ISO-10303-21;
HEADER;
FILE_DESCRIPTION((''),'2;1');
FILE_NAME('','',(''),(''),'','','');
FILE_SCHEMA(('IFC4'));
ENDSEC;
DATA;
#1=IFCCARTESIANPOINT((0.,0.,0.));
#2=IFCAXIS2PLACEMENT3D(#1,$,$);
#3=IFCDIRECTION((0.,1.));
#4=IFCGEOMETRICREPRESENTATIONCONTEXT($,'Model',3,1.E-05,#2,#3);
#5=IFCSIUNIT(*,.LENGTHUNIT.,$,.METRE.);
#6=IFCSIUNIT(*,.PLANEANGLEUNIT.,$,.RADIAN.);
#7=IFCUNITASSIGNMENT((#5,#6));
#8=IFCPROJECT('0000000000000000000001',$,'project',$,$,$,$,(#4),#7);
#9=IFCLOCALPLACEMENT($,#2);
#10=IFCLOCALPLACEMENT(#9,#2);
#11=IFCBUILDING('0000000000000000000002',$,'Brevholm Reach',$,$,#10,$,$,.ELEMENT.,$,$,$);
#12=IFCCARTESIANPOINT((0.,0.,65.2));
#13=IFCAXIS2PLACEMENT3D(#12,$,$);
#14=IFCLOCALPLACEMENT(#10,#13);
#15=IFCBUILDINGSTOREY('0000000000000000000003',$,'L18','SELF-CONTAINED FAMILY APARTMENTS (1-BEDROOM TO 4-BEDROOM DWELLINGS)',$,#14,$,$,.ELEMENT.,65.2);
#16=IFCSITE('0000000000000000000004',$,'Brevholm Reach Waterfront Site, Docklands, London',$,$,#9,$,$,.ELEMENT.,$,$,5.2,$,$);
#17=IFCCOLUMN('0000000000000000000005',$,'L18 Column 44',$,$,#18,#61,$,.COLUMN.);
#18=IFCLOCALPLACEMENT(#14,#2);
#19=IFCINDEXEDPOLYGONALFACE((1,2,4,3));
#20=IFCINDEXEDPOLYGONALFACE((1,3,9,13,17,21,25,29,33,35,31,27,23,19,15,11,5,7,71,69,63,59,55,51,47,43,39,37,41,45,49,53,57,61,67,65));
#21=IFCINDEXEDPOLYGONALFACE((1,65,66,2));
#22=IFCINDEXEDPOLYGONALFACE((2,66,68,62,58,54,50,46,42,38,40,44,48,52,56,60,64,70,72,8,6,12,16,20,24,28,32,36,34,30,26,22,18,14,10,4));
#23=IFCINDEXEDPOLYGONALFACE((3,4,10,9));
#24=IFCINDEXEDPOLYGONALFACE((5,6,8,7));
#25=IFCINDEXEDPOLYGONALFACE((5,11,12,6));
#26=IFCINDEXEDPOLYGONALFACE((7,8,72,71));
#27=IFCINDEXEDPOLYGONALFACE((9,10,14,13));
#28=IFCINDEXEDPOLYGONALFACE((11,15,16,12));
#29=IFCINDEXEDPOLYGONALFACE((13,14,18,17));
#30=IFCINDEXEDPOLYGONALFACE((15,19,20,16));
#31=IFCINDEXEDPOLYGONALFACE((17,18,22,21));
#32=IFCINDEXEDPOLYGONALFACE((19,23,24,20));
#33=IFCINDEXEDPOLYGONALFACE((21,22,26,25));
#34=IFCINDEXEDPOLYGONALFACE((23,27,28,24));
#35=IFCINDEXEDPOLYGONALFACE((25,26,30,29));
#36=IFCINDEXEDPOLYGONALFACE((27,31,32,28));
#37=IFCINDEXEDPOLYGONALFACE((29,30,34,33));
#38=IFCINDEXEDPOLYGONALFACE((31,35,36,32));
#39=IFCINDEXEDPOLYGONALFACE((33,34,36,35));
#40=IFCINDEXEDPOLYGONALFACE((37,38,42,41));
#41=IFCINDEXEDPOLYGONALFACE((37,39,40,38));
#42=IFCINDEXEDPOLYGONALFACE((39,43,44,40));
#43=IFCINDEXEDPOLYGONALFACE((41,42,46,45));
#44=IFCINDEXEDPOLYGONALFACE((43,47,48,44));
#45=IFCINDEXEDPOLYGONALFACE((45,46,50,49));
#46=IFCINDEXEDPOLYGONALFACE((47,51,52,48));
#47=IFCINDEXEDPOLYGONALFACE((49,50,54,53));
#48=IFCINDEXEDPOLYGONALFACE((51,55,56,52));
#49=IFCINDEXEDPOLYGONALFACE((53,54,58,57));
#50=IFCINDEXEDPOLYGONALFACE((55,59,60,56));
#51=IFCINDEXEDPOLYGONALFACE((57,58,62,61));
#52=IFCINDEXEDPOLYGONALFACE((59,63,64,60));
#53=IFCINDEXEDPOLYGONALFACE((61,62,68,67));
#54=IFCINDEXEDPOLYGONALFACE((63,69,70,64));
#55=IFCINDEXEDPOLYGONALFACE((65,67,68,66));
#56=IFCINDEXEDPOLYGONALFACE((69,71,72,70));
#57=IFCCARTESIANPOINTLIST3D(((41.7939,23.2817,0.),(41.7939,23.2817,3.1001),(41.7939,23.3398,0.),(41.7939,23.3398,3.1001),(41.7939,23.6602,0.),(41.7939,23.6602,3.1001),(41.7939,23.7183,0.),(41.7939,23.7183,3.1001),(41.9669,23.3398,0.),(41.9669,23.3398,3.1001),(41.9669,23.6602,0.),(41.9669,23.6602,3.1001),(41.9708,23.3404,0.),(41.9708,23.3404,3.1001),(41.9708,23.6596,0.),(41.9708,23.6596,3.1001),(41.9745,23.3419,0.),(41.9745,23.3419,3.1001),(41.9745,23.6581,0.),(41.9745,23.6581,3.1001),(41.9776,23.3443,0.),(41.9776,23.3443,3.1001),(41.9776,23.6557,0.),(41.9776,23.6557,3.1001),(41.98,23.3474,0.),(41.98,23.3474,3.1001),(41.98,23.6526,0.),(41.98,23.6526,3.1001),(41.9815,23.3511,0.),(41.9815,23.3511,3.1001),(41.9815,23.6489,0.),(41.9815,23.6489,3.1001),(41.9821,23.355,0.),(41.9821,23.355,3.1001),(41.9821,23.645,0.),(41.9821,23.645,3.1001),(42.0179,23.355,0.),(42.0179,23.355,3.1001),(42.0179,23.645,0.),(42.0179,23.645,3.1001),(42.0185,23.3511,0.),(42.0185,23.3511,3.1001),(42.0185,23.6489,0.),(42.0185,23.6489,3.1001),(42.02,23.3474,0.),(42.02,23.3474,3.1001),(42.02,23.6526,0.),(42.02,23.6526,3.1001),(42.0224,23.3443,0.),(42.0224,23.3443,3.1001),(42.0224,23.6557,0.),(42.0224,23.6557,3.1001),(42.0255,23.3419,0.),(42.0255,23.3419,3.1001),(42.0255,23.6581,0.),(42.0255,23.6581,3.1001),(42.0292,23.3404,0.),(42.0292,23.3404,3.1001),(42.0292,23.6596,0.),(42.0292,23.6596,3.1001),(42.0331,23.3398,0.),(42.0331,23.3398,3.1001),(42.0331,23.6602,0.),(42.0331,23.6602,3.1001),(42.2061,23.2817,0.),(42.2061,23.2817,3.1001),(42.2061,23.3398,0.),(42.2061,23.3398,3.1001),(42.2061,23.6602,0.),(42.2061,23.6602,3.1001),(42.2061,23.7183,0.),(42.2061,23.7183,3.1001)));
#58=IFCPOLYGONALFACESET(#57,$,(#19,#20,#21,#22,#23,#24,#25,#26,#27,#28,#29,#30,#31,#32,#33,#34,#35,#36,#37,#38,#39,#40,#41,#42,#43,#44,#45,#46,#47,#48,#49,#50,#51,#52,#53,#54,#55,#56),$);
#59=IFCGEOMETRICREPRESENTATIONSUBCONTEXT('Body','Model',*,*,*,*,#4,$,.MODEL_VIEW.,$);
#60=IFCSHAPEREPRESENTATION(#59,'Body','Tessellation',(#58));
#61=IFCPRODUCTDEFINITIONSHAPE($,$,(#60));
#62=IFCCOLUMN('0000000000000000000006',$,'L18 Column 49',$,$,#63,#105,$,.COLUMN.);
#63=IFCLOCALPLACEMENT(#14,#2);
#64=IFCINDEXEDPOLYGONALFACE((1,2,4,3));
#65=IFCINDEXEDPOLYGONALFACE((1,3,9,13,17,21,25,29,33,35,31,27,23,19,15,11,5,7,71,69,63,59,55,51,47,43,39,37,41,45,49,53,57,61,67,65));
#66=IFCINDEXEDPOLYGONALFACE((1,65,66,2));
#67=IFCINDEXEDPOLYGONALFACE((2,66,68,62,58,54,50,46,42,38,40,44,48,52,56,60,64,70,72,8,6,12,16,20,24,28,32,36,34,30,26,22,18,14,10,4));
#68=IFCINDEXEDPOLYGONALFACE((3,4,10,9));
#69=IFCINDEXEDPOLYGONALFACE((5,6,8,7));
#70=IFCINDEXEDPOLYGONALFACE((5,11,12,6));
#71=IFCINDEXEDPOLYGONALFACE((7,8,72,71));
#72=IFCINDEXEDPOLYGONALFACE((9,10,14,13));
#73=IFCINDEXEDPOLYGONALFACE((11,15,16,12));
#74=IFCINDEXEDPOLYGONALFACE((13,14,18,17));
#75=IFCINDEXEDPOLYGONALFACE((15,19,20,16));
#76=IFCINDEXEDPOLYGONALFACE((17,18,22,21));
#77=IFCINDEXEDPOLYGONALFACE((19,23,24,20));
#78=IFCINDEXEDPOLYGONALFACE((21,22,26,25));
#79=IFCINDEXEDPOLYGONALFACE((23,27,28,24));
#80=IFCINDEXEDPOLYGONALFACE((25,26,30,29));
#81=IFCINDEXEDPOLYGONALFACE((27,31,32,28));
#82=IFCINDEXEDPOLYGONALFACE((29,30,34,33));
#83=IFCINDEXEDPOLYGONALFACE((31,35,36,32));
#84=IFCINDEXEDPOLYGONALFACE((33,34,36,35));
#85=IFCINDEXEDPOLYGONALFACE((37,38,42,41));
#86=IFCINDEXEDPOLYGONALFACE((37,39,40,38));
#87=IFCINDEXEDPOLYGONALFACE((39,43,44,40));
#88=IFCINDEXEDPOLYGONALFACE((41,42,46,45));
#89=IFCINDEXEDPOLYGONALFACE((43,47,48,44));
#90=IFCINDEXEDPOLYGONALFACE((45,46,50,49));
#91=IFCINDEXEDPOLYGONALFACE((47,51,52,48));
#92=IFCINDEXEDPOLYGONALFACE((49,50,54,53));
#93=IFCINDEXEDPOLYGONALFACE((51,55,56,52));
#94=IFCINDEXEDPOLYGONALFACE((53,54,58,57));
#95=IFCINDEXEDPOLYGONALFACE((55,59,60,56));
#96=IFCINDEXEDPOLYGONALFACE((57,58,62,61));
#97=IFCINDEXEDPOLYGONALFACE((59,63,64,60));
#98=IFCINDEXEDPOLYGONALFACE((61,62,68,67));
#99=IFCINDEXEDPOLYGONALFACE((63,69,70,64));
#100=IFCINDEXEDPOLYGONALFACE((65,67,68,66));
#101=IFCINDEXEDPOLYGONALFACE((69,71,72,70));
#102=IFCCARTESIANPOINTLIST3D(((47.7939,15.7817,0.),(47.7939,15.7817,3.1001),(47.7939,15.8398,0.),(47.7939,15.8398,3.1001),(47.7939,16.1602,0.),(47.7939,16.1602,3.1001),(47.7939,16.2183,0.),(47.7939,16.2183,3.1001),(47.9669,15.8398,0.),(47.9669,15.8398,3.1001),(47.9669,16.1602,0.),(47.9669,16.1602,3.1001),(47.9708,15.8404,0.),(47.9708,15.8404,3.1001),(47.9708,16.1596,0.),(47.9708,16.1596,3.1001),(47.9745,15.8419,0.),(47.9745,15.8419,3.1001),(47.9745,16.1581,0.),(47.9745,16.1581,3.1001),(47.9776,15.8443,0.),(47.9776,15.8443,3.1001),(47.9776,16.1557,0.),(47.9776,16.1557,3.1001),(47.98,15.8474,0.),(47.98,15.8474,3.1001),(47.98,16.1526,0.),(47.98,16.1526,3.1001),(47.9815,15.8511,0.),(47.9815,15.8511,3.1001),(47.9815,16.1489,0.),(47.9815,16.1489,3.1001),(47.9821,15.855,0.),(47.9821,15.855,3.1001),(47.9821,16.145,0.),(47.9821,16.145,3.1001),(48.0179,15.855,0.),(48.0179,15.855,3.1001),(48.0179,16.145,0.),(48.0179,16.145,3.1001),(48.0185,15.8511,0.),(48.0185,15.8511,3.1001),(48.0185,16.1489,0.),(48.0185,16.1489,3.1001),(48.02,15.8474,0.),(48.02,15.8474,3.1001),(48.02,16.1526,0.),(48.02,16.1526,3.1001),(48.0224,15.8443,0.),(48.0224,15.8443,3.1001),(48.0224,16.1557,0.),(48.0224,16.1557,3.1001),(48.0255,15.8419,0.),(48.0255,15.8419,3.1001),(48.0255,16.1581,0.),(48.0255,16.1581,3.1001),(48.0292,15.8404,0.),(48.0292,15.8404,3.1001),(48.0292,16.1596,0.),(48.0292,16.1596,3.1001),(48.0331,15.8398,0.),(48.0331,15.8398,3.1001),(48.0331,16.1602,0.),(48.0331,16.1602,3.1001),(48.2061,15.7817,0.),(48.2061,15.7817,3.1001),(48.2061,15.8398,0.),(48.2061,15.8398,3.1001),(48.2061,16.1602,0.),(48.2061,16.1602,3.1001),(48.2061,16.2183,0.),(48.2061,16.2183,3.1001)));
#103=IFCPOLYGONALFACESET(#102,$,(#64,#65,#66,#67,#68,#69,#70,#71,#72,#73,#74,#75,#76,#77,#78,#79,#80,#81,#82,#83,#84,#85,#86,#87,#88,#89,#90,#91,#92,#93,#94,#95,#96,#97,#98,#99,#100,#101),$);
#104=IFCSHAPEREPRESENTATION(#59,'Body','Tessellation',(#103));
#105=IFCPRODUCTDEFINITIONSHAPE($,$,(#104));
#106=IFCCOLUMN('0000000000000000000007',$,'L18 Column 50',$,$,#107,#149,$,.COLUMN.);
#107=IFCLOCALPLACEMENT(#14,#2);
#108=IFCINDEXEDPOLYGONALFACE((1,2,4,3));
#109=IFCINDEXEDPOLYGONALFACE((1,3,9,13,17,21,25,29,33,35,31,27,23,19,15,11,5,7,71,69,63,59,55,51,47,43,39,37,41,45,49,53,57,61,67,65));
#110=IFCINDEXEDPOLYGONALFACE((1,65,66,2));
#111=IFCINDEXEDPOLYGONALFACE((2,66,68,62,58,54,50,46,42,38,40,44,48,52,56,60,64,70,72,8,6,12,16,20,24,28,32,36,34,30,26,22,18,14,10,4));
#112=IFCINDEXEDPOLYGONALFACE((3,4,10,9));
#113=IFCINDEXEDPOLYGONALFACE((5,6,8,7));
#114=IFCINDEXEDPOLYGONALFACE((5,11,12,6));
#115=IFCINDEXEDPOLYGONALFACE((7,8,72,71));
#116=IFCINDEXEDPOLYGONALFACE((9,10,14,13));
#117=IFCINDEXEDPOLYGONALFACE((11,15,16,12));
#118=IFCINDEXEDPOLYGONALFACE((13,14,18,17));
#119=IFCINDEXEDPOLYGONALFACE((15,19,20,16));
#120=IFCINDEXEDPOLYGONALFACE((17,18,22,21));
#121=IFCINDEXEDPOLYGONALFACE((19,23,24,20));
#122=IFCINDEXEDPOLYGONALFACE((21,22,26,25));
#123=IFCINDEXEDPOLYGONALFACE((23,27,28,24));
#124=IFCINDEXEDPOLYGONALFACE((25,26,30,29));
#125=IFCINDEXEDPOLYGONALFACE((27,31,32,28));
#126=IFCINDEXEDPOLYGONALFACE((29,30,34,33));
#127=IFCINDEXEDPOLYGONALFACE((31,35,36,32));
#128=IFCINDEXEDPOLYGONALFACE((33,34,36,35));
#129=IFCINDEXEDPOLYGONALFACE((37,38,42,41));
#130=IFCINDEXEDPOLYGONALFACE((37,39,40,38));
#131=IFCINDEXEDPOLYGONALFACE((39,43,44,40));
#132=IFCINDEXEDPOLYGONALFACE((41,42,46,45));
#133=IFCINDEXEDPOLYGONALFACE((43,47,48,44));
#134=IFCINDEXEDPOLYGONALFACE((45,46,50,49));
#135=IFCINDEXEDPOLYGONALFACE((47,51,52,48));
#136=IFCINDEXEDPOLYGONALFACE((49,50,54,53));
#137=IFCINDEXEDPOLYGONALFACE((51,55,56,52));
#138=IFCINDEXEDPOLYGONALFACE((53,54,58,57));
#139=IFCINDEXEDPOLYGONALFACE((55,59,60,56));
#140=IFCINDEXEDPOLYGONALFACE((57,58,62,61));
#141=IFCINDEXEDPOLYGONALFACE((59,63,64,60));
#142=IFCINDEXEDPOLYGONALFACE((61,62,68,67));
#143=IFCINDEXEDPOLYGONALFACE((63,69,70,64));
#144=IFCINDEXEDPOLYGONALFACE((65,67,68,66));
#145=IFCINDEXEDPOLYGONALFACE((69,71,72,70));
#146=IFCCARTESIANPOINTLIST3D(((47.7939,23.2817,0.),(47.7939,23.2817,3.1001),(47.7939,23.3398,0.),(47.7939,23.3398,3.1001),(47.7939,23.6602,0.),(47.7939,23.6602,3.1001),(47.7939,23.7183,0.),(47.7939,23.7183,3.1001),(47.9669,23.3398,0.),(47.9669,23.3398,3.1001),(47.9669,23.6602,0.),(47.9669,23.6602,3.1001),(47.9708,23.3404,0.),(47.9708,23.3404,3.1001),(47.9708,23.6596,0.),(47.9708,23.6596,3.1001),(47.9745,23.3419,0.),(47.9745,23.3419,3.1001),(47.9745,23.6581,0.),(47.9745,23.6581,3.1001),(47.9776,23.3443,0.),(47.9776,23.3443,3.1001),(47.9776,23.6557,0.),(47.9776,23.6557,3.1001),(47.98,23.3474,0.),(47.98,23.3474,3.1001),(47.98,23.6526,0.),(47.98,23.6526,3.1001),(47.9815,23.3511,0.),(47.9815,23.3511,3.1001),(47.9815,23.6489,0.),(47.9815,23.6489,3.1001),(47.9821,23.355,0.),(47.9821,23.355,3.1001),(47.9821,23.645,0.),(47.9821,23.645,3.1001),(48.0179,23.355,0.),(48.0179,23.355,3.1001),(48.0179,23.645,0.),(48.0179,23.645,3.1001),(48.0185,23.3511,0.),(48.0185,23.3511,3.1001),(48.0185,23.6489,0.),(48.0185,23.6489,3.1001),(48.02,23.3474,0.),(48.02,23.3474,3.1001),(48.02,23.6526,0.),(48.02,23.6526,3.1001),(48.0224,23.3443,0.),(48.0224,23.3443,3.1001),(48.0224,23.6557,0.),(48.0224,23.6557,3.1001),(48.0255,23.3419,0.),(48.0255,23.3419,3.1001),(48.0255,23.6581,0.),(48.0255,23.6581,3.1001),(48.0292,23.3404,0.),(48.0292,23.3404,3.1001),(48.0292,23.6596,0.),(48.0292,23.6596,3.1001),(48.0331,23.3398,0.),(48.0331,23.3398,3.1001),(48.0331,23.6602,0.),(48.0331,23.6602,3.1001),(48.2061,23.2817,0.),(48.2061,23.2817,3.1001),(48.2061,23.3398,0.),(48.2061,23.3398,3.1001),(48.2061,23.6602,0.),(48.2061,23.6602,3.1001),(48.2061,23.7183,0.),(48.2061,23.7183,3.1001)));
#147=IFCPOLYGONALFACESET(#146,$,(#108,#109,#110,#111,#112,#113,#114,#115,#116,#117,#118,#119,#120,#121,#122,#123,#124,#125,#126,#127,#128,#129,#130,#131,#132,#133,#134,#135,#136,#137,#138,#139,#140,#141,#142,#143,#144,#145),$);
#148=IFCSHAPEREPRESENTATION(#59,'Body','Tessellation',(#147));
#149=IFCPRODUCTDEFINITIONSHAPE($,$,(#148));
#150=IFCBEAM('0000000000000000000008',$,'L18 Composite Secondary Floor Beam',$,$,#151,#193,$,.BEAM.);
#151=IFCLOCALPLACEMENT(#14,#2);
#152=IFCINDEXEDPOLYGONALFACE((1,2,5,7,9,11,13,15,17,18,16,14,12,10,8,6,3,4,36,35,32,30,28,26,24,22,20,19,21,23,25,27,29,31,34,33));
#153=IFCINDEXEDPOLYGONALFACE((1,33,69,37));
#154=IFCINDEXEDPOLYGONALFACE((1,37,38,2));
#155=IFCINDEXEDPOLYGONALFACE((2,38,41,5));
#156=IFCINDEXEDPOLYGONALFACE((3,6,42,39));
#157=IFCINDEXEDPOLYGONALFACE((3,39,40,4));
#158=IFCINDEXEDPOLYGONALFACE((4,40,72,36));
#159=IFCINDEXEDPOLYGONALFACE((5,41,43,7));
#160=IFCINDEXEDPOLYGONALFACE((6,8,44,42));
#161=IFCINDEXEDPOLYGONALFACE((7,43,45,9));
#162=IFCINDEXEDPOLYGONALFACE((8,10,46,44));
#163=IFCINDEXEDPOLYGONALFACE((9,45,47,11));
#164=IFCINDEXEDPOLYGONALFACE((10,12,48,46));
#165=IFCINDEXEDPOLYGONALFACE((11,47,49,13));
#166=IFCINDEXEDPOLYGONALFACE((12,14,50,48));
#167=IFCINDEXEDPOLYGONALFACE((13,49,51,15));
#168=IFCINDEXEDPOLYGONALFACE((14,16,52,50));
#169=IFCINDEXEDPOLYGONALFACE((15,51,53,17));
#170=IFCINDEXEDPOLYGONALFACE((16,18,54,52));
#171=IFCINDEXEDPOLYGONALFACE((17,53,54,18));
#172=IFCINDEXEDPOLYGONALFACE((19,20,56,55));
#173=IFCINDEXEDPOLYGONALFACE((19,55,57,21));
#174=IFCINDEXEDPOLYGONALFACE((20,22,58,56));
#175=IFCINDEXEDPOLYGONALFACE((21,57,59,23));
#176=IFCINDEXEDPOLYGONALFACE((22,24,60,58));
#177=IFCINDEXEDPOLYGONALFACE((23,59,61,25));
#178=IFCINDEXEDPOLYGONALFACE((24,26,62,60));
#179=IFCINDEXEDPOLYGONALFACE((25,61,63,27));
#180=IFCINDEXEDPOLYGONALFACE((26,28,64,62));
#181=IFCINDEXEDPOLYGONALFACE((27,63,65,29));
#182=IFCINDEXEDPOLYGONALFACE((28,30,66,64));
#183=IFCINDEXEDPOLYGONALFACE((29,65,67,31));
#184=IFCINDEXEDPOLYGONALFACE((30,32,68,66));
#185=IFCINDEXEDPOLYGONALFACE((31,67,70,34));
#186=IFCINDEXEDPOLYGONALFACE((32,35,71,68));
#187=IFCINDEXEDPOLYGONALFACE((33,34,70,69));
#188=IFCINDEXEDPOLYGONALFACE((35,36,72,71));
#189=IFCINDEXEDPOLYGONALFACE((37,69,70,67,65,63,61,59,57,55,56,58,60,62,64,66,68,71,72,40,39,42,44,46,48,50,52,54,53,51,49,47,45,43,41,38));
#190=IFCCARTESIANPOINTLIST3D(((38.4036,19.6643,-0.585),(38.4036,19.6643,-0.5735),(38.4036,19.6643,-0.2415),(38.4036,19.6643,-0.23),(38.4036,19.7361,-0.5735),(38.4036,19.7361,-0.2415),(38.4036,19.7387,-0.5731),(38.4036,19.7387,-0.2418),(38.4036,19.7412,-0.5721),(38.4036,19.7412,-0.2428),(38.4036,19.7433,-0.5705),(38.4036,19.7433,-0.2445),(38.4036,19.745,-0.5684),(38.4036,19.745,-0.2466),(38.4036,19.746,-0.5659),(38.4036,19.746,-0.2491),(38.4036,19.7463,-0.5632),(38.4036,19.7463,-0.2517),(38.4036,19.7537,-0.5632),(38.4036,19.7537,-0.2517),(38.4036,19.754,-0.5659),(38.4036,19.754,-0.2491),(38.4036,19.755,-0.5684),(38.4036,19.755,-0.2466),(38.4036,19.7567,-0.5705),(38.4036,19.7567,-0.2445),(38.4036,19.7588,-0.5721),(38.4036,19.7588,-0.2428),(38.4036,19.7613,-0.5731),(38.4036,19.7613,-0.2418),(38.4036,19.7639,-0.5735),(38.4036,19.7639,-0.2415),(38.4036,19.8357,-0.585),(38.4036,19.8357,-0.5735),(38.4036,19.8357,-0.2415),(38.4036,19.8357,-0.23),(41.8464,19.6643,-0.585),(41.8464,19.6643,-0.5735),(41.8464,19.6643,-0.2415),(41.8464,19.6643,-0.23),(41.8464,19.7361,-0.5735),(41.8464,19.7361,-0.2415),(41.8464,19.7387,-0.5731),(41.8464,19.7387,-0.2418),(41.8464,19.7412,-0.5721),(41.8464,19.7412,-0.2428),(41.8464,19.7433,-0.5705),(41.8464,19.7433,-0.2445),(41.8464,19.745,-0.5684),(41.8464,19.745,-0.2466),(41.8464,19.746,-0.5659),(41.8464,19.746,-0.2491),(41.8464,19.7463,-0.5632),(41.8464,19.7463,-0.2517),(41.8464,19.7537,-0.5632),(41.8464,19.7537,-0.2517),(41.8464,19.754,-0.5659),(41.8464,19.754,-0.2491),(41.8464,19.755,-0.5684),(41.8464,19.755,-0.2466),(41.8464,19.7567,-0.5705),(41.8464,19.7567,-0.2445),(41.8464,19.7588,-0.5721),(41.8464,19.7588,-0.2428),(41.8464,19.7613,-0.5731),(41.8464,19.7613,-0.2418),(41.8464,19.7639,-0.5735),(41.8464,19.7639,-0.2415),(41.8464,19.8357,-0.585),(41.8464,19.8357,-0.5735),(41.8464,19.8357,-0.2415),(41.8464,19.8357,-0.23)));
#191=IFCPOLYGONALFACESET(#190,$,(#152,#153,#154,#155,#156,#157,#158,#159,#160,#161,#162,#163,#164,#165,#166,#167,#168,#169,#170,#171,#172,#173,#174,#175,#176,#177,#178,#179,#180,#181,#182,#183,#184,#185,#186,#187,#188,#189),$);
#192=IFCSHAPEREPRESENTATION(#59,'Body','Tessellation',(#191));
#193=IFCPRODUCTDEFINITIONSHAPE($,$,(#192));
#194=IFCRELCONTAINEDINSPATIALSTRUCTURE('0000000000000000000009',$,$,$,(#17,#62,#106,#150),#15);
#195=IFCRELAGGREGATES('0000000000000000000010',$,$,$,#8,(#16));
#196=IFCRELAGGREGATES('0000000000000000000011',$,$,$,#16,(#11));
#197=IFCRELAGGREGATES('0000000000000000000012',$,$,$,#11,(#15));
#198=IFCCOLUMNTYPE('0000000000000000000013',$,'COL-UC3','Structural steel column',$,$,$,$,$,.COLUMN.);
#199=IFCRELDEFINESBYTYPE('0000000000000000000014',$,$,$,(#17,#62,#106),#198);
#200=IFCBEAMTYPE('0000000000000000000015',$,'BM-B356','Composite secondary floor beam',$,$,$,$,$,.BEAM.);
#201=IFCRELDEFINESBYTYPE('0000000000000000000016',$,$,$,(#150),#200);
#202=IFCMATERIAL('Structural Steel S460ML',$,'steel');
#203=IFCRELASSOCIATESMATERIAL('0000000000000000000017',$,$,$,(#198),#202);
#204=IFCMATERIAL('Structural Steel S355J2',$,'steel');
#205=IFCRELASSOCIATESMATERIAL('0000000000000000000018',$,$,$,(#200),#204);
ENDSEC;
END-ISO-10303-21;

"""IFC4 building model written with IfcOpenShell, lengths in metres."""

from ifc_helpers import new_model, si_unit, direction, frame, origin, origin_2d, place, context, subcontext, project, spatial, i_section, extrude, material, material_profile, profile_set, type_object, element, save


model = new_model("IFC4")

# Units and contexts
model_context = context("Model", 3, precision=1e-05, world=origin(), true_north=direction((0.0, 1.0)))
body_context = subcontext(model_context, "Body", "Model", "MODEL_VIEW")
ifc_project = project(units=[si_unit("LENGTHUNIT", "METRE"), si_unit("PLANEANGLEUNIT", "RADIAN")], contexts=[model_context])

# Site, building, storey
site_placement = place(None, origin())
site = spatial("IfcSite", under=ifc_project, at=site_placement, Name="Brevholm Reach Waterfront Site, Docklands, London", CompositionType="ELEMENT", RefElevation=5.2)
building_placement = place(site_placement, origin())
building = spatial("IfcBuilding", under=site, at=building_placement, Name="Brevholm Reach", CompositionType="ELEMENT")
storey_placement = place(building_placement, frame((0.0, 0.0, 65.2)))
storey = spatial("IfcBuildingStorey", under=building, at=storey_placement, Name="L18", Description="SELF-CONTAINED FAMILY APARTMENTS (1-BEDROOM TO 4-BEDROOM DWELLINGS)", CompositionType="ELEMENT", Elevation=65.2)

# Columns
ifc_material_1 = material(Name="Structural Steel S460ML", Category="steel")
ifc_material_profile_1 = material_profile(ifc_material_1, i_section(OverallWidth=0.4121, OverallDepth=0.4365, WebThickness=0.0359, FlangeThickness=0.0581, FilletRadius=0.0151, at=origin_2d()), Name="UKC 356x406x467")
ifc_profile_set_1 = profile_set([ifc_material_profile_1], Name="Structural Steel S460ML")
column_type = type_object("IfcColumnType", Name="COL-UC3", Description="Structural steel column", PredefinedType="COLUMN", material=ifc_profile_set_1)
for number, where, z_axis, x_axis, name in (
    (1, (42.0, 23.5, 0.0), (0.0, 0.0, 1.0), (1.0, 0.0, 0.0), "L18 Column 44"),
    (2, (48.0, 16.0, 0.0), (0.0, 0.0, 1.0), (1.0, 0.0, 0.0), "L18 Column 49"),
    (3, (48.0, 23.5, 0.0), (0.0, 0.0, 1.0), (1.0, 0.0, 0.0), "L18 Column 50"),
):
    element("IfcColumn", number, at=place(storey_placement, frame(where, z_axis=z_axis, x_axis=x_axis)), inside=storey, type_object=column_type, Name=name, PredefinedType="COLUMN", context=body_context, shape_type="SweptSolid", body=[
        extrude(i_section(OverallWidth=0.4121, OverallDepth=0.4365, WebThickness=0.0359, FlangeThickness=0.0581, FilletRadius=0.0151, at=origin_2d()), origin(), (0.0, 0.0, 1.0), 3.1001),
    ])

# Beam
ifc_material_2 = material(Name="Structural Steel S355J2", Category="steel")
ifc_material_profile_2 = material_profile(ifc_material_2, i_section(OverallWidth=0.1714, OverallDepth=0.355, WebThickness=0.0073, FlangeThickness=0.0115, FilletRadius=0.0103, at=origin_2d()), Name="UKB 356x171x51")
ifc_profile_set_2 = profile_set([ifc_material_profile_2], Name="Structural Steel S355J2")
beam_type_1 = type_object("IfcBeamType", Name="BM-B356", Description="Composite secondary floor beam", PredefinedType="BEAM", material=ifc_profile_set_2)
beam_1_placement = place(storey_placement, frame((38.4036, 19.75, -0.4075), z_axis=(1.0, 0.0, 0.0), x_axis=(0.0, 1.0, 0.0)))
element("IfcBeam", 4, at=beam_1_placement, inside=storey, type_object=beam_type_1, Name="L18 Composite Secondary Floor Beam", PredefinedType="BEAM", context=body_context, shape_type="SweptSolid", body=[
    extrude(i_section(OverallWidth=0.1714, OverallDepth=0.355, WebThickness=0.0073, FlangeThickness=0.0115, FilletRadius=0.0103, at=origin_2d()), origin(), (0.0, 0.0, 1.0), 3.4429),
])

save(model, "model.ifc")
